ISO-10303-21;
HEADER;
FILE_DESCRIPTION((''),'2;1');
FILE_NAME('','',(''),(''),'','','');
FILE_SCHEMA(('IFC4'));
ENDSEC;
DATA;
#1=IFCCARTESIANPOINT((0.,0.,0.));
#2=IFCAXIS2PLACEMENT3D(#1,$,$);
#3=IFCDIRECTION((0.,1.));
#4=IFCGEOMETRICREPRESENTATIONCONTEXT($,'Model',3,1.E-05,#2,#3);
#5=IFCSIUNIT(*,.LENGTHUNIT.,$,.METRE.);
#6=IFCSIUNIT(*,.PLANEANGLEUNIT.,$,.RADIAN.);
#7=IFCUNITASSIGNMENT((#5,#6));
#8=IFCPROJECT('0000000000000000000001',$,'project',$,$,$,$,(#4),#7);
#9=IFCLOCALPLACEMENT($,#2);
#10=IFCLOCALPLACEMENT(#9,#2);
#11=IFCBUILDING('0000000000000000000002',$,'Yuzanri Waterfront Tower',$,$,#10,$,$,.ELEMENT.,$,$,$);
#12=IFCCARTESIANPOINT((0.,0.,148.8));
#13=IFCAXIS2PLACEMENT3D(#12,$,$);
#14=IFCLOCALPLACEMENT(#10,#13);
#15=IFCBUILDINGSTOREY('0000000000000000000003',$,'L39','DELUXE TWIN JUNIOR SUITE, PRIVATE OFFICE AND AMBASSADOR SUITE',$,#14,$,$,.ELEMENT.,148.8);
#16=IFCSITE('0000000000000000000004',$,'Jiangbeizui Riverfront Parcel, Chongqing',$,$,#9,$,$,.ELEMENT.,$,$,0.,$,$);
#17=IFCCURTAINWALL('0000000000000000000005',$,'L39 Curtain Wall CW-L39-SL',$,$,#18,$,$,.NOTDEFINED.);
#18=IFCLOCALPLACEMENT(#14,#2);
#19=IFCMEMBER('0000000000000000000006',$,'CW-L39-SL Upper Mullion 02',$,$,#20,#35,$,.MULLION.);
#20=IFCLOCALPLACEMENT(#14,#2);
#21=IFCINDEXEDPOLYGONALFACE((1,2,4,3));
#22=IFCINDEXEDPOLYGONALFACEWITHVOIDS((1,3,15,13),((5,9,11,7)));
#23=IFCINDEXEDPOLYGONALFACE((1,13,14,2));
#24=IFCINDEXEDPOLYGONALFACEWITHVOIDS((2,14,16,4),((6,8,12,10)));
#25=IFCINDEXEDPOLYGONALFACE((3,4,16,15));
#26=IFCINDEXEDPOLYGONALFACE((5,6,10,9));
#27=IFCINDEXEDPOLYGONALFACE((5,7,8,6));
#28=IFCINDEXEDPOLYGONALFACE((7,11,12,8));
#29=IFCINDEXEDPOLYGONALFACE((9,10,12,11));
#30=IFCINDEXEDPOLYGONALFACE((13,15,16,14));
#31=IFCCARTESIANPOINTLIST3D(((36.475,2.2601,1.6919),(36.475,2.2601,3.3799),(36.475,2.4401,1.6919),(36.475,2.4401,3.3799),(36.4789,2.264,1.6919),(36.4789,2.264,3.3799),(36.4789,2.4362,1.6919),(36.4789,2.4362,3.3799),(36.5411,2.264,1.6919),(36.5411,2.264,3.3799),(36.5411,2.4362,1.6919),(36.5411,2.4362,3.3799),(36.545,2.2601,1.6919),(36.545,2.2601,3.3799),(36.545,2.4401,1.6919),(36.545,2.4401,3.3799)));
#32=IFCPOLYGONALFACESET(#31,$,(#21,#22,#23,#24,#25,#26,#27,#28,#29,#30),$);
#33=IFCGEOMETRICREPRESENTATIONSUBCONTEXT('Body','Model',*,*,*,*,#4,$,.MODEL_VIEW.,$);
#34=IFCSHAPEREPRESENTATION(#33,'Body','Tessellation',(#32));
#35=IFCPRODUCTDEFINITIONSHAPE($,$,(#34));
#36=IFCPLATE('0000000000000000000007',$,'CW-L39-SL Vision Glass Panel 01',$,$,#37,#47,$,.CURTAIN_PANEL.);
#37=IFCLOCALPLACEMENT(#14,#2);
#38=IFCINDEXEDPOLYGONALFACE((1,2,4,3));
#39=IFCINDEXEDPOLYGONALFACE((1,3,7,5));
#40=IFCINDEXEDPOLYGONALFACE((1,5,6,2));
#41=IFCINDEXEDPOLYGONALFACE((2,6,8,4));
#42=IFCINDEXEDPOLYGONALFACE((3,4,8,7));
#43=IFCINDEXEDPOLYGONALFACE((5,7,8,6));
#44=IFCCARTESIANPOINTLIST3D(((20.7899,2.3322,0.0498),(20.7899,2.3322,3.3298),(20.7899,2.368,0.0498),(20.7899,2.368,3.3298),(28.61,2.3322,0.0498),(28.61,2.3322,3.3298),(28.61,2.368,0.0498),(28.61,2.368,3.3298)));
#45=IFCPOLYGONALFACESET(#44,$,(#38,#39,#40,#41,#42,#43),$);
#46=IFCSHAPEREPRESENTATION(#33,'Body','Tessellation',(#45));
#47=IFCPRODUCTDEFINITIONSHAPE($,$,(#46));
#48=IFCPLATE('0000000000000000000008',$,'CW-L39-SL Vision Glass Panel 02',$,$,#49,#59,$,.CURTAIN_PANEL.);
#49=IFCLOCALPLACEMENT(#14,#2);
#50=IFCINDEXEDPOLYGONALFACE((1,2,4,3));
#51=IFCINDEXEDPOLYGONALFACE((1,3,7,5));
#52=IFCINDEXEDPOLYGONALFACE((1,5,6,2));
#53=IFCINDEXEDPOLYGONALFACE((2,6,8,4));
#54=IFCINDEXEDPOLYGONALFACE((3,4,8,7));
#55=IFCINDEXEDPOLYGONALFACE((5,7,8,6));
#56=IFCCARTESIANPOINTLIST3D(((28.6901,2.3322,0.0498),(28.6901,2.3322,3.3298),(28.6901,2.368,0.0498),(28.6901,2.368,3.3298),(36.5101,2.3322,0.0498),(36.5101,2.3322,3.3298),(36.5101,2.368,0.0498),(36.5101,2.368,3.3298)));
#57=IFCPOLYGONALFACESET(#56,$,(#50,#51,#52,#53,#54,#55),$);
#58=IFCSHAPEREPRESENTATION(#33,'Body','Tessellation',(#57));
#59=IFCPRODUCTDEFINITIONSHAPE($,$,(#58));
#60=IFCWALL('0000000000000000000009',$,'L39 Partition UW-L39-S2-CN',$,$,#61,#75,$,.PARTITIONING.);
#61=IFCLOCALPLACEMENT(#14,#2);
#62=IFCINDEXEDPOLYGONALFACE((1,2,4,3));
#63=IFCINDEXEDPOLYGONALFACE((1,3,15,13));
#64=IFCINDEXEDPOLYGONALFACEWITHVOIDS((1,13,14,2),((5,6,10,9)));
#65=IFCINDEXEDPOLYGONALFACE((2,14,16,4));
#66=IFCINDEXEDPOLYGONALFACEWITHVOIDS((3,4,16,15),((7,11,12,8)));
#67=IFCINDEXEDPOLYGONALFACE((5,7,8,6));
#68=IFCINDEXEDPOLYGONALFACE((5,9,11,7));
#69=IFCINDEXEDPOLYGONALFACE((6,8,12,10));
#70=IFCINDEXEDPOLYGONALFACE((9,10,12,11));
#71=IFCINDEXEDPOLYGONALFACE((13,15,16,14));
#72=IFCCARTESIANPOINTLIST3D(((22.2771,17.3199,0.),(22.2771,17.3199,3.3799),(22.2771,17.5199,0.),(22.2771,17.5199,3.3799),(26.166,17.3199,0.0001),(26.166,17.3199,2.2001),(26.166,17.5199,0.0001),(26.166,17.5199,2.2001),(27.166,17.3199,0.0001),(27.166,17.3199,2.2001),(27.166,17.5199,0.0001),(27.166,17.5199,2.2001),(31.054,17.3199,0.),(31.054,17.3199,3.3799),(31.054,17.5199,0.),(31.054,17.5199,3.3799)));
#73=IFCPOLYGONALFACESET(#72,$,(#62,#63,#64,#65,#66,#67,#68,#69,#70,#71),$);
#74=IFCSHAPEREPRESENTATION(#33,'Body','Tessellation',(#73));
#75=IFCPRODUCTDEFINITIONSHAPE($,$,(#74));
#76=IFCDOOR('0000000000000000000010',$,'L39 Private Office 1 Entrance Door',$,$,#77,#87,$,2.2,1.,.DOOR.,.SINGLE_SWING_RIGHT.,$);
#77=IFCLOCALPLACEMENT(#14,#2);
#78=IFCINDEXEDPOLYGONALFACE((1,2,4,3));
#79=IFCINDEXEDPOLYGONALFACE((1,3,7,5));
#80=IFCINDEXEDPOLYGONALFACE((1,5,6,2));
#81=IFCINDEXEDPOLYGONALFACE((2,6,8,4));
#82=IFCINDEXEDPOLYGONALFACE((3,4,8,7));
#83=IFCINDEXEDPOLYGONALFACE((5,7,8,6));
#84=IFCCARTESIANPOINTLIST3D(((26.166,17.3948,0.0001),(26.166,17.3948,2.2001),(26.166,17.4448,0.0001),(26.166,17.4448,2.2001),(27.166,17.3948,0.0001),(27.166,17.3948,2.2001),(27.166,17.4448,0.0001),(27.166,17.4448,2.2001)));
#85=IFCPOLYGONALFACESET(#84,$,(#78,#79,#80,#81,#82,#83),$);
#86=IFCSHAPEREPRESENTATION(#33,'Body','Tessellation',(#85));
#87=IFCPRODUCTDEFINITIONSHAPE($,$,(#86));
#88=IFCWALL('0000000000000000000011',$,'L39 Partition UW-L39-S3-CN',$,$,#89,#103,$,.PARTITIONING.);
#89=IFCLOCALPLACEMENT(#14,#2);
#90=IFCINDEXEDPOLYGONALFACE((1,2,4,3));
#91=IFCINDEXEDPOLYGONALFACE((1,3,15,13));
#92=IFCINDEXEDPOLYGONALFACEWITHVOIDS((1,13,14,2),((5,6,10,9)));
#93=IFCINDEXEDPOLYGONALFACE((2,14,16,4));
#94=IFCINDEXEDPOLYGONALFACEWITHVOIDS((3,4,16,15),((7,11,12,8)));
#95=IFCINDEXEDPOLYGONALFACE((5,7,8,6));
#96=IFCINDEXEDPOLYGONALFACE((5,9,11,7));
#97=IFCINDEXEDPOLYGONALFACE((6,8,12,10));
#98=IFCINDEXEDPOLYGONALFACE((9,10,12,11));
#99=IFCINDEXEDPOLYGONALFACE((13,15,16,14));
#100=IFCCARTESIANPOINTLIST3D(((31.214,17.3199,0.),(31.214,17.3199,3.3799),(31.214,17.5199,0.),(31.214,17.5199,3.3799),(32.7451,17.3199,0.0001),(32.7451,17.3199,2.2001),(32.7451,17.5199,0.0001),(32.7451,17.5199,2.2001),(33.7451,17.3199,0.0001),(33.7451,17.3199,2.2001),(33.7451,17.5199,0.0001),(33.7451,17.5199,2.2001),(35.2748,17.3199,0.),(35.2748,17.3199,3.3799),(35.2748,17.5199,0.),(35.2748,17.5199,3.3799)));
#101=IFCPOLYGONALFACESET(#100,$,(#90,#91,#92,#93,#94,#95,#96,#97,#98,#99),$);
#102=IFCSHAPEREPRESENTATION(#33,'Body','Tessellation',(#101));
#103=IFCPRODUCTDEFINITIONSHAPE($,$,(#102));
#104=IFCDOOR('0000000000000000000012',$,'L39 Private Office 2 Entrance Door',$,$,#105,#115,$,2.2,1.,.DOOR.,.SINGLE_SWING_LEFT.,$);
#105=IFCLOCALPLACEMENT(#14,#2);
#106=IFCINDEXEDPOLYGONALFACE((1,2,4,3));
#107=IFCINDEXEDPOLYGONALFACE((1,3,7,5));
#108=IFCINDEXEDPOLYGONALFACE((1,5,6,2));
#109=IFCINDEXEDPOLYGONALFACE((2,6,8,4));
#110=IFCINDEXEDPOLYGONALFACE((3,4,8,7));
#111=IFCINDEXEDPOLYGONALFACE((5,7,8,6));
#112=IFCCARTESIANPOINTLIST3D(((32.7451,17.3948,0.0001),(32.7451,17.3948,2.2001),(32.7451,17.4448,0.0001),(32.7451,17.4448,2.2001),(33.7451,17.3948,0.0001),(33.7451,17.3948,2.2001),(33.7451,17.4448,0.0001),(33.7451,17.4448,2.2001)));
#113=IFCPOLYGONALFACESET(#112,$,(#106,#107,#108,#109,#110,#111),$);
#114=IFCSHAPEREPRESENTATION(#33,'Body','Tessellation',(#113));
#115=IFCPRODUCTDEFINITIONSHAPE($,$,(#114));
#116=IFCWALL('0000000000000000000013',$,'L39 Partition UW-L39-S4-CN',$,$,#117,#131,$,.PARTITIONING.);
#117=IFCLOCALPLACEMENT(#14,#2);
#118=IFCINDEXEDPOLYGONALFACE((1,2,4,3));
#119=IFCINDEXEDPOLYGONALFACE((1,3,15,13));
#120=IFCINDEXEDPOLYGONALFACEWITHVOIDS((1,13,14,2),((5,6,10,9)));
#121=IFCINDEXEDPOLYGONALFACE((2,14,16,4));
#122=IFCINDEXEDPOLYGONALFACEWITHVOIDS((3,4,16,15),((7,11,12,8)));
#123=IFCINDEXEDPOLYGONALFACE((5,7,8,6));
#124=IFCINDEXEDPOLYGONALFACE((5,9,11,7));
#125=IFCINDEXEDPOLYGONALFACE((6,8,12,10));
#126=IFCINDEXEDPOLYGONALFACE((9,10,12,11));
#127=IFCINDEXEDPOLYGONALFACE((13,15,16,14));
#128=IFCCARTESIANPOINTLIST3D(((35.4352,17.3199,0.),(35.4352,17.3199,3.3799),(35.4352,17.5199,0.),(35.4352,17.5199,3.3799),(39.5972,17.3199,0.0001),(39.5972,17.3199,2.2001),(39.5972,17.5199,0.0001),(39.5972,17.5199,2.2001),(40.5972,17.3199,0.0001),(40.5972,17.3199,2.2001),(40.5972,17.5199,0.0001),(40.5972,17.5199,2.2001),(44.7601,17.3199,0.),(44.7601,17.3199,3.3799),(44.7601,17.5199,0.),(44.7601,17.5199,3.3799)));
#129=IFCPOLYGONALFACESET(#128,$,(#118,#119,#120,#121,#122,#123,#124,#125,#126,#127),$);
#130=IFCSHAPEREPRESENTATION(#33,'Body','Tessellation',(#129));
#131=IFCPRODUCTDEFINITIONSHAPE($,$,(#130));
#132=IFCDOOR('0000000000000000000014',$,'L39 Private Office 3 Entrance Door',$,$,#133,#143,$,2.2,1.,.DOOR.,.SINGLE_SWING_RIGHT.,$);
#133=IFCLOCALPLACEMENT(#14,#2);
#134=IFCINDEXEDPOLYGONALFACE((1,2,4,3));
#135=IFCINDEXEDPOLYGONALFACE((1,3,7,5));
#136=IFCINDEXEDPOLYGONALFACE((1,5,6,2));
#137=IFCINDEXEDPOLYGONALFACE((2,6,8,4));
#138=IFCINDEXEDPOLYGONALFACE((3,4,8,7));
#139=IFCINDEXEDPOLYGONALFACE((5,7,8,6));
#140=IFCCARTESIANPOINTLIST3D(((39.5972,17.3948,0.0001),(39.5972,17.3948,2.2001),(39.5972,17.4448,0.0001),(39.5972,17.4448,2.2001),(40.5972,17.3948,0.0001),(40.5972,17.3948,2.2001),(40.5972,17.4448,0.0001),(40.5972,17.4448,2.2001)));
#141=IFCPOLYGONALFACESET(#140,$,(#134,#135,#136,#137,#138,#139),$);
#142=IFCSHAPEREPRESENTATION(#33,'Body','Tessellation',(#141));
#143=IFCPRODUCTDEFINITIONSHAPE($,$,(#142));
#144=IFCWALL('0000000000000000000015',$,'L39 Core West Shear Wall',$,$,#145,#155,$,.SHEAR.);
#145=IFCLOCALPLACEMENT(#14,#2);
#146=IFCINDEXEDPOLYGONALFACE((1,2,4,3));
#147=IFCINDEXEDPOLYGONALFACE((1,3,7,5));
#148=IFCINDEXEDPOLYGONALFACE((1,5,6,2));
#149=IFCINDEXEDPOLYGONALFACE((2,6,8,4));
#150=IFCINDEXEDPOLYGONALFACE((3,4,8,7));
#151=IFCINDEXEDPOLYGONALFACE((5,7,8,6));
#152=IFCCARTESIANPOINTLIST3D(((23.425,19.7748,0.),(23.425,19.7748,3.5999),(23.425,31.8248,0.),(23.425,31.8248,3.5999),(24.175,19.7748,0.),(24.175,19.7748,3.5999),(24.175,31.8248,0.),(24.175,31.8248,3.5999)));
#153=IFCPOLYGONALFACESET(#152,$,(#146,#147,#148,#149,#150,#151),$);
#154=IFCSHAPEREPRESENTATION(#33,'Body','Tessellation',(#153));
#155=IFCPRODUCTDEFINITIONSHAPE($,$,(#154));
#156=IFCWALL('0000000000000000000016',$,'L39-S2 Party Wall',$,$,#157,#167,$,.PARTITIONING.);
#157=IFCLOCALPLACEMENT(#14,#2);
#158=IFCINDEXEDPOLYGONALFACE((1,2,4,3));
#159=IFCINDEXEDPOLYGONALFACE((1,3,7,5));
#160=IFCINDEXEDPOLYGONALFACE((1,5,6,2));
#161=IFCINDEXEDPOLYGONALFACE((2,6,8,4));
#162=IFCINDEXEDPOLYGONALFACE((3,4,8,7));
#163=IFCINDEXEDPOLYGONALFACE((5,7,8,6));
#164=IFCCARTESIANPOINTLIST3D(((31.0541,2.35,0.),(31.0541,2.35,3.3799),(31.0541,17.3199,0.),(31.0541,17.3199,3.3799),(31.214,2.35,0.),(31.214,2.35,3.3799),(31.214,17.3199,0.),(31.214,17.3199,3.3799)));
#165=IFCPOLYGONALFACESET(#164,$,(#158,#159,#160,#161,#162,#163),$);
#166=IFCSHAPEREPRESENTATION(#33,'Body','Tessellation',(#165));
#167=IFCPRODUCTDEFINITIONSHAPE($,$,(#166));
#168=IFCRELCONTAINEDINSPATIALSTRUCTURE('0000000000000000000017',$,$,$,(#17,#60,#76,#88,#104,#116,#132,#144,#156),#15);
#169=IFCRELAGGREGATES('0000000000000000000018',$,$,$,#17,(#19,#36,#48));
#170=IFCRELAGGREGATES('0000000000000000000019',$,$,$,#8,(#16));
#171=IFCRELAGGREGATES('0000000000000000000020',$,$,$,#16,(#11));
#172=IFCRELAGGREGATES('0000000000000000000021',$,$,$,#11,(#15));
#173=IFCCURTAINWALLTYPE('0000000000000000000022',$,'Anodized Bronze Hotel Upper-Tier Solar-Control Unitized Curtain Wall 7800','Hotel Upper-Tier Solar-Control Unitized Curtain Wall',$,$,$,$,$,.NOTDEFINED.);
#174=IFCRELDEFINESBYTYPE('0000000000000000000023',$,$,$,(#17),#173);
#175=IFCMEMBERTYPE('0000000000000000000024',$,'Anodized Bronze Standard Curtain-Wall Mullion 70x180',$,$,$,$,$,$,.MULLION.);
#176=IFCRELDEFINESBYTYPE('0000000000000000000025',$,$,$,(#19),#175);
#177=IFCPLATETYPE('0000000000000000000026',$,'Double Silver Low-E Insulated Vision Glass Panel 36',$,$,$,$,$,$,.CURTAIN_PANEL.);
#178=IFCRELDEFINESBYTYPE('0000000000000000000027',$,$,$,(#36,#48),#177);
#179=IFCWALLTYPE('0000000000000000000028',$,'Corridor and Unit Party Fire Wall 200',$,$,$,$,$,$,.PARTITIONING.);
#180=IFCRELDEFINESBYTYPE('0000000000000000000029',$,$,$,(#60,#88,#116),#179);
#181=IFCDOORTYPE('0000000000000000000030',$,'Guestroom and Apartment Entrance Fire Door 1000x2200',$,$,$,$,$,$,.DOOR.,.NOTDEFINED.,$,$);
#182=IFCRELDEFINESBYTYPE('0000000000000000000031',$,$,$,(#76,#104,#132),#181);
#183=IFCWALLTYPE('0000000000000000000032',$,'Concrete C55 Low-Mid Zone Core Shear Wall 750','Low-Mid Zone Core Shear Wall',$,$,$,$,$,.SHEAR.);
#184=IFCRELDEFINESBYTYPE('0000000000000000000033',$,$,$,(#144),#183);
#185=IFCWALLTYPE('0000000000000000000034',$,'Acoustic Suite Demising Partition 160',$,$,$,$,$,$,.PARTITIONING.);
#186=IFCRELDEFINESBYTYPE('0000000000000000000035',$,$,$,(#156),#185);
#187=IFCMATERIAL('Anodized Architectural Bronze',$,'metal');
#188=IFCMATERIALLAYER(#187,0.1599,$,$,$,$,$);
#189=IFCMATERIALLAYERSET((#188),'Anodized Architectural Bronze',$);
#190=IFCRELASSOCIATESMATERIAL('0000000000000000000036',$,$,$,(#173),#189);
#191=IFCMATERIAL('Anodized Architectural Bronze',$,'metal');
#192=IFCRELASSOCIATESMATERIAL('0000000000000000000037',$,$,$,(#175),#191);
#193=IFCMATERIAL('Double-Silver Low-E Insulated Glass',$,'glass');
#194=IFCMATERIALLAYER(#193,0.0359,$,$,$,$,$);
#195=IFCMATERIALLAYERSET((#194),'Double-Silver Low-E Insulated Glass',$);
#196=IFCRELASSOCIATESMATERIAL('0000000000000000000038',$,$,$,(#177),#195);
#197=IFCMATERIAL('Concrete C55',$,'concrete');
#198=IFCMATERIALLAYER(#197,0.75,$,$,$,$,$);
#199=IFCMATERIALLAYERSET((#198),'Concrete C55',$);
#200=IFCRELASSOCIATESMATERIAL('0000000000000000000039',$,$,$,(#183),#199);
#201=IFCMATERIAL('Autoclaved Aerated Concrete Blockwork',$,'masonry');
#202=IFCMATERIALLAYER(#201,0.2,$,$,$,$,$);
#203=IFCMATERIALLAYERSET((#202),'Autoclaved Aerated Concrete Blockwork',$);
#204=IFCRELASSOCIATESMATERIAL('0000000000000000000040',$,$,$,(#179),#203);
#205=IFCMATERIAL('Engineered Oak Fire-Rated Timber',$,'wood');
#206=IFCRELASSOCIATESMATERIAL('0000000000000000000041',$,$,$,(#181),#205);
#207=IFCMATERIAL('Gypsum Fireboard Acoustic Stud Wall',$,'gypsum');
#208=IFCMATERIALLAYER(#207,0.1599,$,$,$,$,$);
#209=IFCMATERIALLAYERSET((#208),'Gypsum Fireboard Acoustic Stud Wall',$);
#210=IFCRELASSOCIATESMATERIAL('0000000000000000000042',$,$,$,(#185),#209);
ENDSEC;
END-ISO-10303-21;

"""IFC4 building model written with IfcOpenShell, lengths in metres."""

from ifc_helpers import new_model, si_unit, direction, frame, frame_2d, origin, origin_2d, place, context, subcontext, project, spatial, rectangle, hollow_rectangle, extrude, source, transform, mapped, material, layer, layer_set, material_profile, profile_set, type_object, element, fill, aggregate, save


model = new_model("IFC4")

# Units and contexts
model_context = context("Model", 3, precision=1e-05, world=origin(), true_north=direction((0.0, 1.0)))
body_context = subcontext(model_context, "Body", "Model", "MODEL_VIEW")
ifc_project = project(units=[si_unit("LENGTHUNIT", "METRE"), si_unit("PLANEANGLEUNIT", "RADIAN")], contexts=[model_context])

# Site, building, storey
site_placement = place(None, origin())
site = spatial("IfcSite", under=ifc_project, at=site_placement, Name="Jiangbeizui Riverfront Parcel, Chongqing", CompositionType="ELEMENT", RefElevation=0.0)
building_placement = place(site_placement, origin())
building = spatial("IfcBuilding", under=site, at=building_placement, Name="Yuzanri Waterfront Tower", CompositionType="ELEMENT")
storey_placement = place(building_placement, frame((0.0, 0.0, 148.8)))
storey = spatial("IfcBuildingStorey", under=building, at=storey_placement, Name="L39", Description="DELUXE TWIN JUNIOR SUITE, PRIVATE OFFICE AND AMBASSADOR SUITE", CompositionType="ELEMENT", Elevation=148.8)

# Curtain wall, member, plates
ifc_material_1 = material(Name="Anodized Architectural Bronze", Category="metal")
ifc_layer_1 = layer(ifc_material_1, 0.1599)
ifc_layer_set_1 = layer_set([ifc_layer_1], Name="Anodized Architectural Bronze")
curtain_wall_type = type_object("IfcCurtainWallType", Name="Anodized Bronze Hotel Upper-Tier Solar-Control Unitized Curtain Wall 7800", Description="Hotel Upper-Tier Solar-Control Unitized Curtain Wall", PredefinedType="NOTDEFINED", material=ifc_layer_set_1)
curtain_wall_placement = place(storey_placement, origin())
curtain_wall = element("IfcCurtainWall", 1, at=curtain_wall_placement, inside=storey, type_object=curtain_wall_type, Name="L39 Curtain Wall CW-L39-SL", PredefinedType="NOTDEFINED")
ifc_material_2 = material(Name="Anodized Architectural Bronze", Category="metal")
ifc_material_profile_1 = material_profile(ifc_material_2, hollow_rectangle(XDim=0.0701, YDim=0.1799, WallThickness=0.0039, at=origin_2d()), Name="CWM 70x180")
ifc_profile_set_1 = profile_set([ifc_material_profile_1], Name="Anodized Architectural Bronze")
member_type = type_object("IfcMemberType", Name="Anodized Bronze Standard Curtain-Wall Mullion 70x180", PredefinedType="MULLION", material=ifc_profile_set_1)
shared_shape_1 = source(origin(), body_context, "Body", "SweptSolid", [
    extrude(hollow_rectangle(XDim=0.0701, YDim=0.1799, WallThickness=0.0039, at=origin_2d()), origin(), (0.0, 0.0, 1.0), 1.688),
])
member_1_placement = place(storey_placement, frame((36.51, 2.3501, 1.6919), z_axis=(0.0, 0.0, 1.0), x_axis=(1.0, 0.0, 0.0)))
member_1 = element("IfcMember", 2, at=member_1_placement, type_object=member_type, Name="CW-L39-SL Upper Mullion 02", PredefinedType="MULLION", context=body_context, shape_type="MappedRepresentation", body=[
    mapped(shared_shape_1, transform((0.0, 0.0, 0.0), scale=1.0)),
])
ifc_material_3 = material(Name="Double-Silver Low-E Insulated Glass", Category="glass")
ifc_layer_2 = layer(ifc_material_3, 0.0359)
ifc_layer_set_2 = layer_set([ifc_layer_2], Name="Double-Silver Low-E Insulated Glass")
plate_type = type_object("IfcPlateType", Name="Double Silver Low-E Insulated Vision Glass Panel 36", PredefinedType="CURTAIN_PANEL", material=ifc_layer_set_2)
shared_shape_2 = source(origin(), body_context, "Body", "SweptSolid", [
    extrude(rectangle(XDim=7.8201, YDim=0.0359, at=origin_2d()), origin(), (0.0, 0.0, 1.0), 3.28),
])
plate_1_placement = place(storey_placement, frame((24.7, 2.3501, 0.0498), z_axis=(0.0, 0.0, 1.0), x_axis=(1.0, 0.0, 0.0)))
plate_1 = element("IfcPlate", 3, at=plate_1_placement, type_object=plate_type, Name="CW-L39-SL Vision Glass Panel 01", PredefinedType="CURTAIN_PANEL", context=body_context, shape_type="MappedRepresentation", body=[
    mapped(shared_shape_2, transform((0.0, 0.0, 0.0), scale=1.0)),
])
plate_2_placement = place(storey_placement, frame((32.6001, 2.3501, 0.0498), z_axis=(0.0, 0.0, 1.0), x_axis=(1.0, 0.0, 0.0)))
plate_2 = element("IfcPlate", 4, at=plate_2_placement, type_object=plate_type, Name="CW-L39-SL Vision Glass Panel 02", PredefinedType="CURTAIN_PANEL", context=body_context, shape_type="MappedRepresentation", body=[
    mapped(shared_shape_2, transform((0.0, 0.0, 0.0), scale=1.0)),
])
aggregate(curtain_wall, [member_1, plate_1, plate_2])

# Shared definitions
ifc_material_4 = material(Name="Concrete C55", Category="concrete")
ifc_layer_3 = layer(ifc_material_4, 0.75)
ifc_layer_set_3 = layer_set([ifc_layer_3], Name="Concrete C55")
wall_type_1 = type_object("IfcWallType", Name="Concrete C55 Low-Mid Zone Core Shear Wall 750", Description="Low-Mid Zone Core Shear Wall", PredefinedType="SHEAR", material=ifc_layer_set_3)

# Walls, openings, doors
ifc_material_5 = material(Name="Autoclaved Aerated Concrete Blockwork", Category="masonry")
ifc_layer_4 = layer(ifc_material_5, 0.2)
ifc_layer_set_4 = layer_set([ifc_layer_4], Name="Autoclaved Aerated Concrete Blockwork")
wall_type_2 = type_object("IfcWallType", Name="Corridor and Unit Party Fire Wall 200", PredefinedType="PARTITIONING", material=ifc_layer_set_4)
wall_1_placement = place(storey_placement, frame((22.2771, 17.4199, 0.0), z_axis=(0.0, 0.0, 1.0), x_axis=(1.0, 0.0, 0.0)))
wall_1 = element("IfcWall", 5, at=wall_1_placement, inside=storey, type_object=wall_type_2, Name="L39 Partition UW-L39-S2-CN", PredefinedType="PARTITIONING", context=body_context, shape_type="SweptSolid", body=[
    extrude(rectangle(XDim=8.7769, YDim=0.2, at=frame_2d((4.3884, 0.0))), origin(), (0.0, 0.0, 1.0), 3.3799),
])
opening_1_placement = place(wall_1_placement, frame((3.8889, 0.0, 0.0)))
opening_1 = element("IfcOpeningElement", 6, at=opening_1_placement, cuts=wall_1, PredefinedType="OPENING", context=body_context, shape_type="SweptSolid", body=[
    extrude(rectangle(XDim=1.0, YDim=2.2, at=frame_2d((0.5, 1.1001))), frame((0.0, 0.1147, 0.0), z_axis=(0.0, -1.0, 0.0), x_axis=(1.0, 0.0, 0.0)), (0.0, 0.0, 1.0), 0.2297),
])
ifc_material_6 = material(Name="Engineered Oak Fire-Rated Timber", Category="wood")
door_type_1 = type_object("IfcDoorType", Name="Guestroom and Apartment Entrance Fire Door 1000x2200", OperationType="NOTDEFINED", PredefinedType="DOOR", material=ifc_material_6)
shared_shape_3 = source(origin(), body_context, "Body", "SweptSolid", [
    extrude(rectangle(XDim=1.0, YDim=2.2, at=frame_2d((0.5, 1.1001))), frame((0.0, 0.0249, 0.0), z_axis=(0.0, -1.0, 0.0), x_axis=(1.0, 0.0, 0.0)), (0.0, 0.0, 1.0), 0.05),
])
door_1_placement = place(opening_1_placement, origin())
door_1 = element("IfcDoor", 7, at=door_1_placement, inside=storey, type_object=door_type_1, Name="L39 Private Office 1 Entrance Door", OperationType="SINGLE_SWING_RIGHT", OverallHeight=2.2, OverallWidth=1.0, PredefinedType="DOOR", context=body_context, shape_type="MappedRepresentation", body=[
    mapped(shared_shape_3, transform((0.0, 0.0, 0.0), scale=1.0)),
])
fill(opening_1, door_1)
wall_2_placement = place(storey_placement, frame((31.2141, 17.4199, 0.0), z_axis=(0.0, 0.0, 1.0), x_axis=(1.0, 0.0, 0.0)))
wall_2 = element("IfcWall", 8, at=wall_2_placement, inside=storey, type_object=wall_type_2, Name="L39 Partition UW-L39-S3-CN", PredefinedType="PARTITIONING", context=body_context, shape_type="SweptSolid", body=[
    extrude(rectangle(XDim=4.0608, YDim=0.2, at=frame_2d((2.0303, 0.0))), origin(), (0.0, 0.0, 1.0), 3.3799),
])
opening_2_placement = place(wall_2_placement, frame((1.531, 0.0, 0.0)))
opening_2 = element("IfcOpeningElement", 9, at=opening_2_placement, cuts=wall_2, PredefinedType="OPENING", context=body_context, shape_type="SweptSolid", body=[
    extrude(rectangle(XDim=1.0, YDim=2.2, at=frame_2d((0.5, 1.1001))), frame((0.0, 0.1147, 0.0), z_axis=(0.0, -1.0, 0.0), x_axis=(1.0, 0.0, 0.0)), (0.0, 0.0, 1.0), 0.2297),
])
door_2_placement = place(opening_2_placement, origin())
door_2 = element("IfcDoor", 10, at=door_2_placement, inside=storey, type_object=door_type_1, Name="L39 Private Office 2 Entrance Door", OperationType="SINGLE_SWING_LEFT", OverallHeight=2.2, OverallWidth=1.0, PredefinedType="DOOR", context=body_context, shape_type="MappedRepresentation", body=[
    mapped(shared_shape_3, transform((0.0, 0.0, 0.0), scale=1.0)),
])
fill(opening_2, door_2)
wall_3_placement = place(storey_placement, frame((35.4351, 17.4199, 0.0), z_axis=(0.0, 0.0, 1.0), x_axis=(1.0, 0.0, 0.0)))
wall_3 = element("IfcWall", 11, at=wall_3_placement, inside=storey, type_object=wall_type_2, Name="L39 Partition UW-L39-S4-CN", PredefinedType="PARTITIONING", context=body_context, shape_type="SweptSolid", body=[
    extrude(rectangle(XDim=9.325, YDim=0.2, at=frame_2d((4.6626, 0.0))), origin(), (0.0, 0.0, 1.0), 3.3799),
])
opening_3_placement = place(wall_3_placement, frame((4.1621, 0.0, 0.0)))
opening_3 = element("IfcOpeningElement", 12, at=opening_3_placement, cuts=wall_3, PredefinedType="OPENING", context=body_context, shape_type="SweptSolid", body=[
    extrude(rectangle(XDim=1.0, YDim=2.2, at=frame_2d((0.5, 1.1001))), frame((0.0, 0.1147, 0.0), z_axis=(0.0, -1.0, 0.0), x_axis=(1.0, 0.0, 0.0)), (0.0, 0.0, 1.0), 0.2297),
])
door_3_placement = place(opening_3_placement, origin())
door_3 = element("IfcDoor", 13, at=door_3_placement, inside=storey, type_object=door_type_1, Name="L39 Private Office 3 Entrance Door", OperationType="SINGLE_SWING_RIGHT", OverallHeight=2.2, OverallWidth=1.0, PredefinedType="DOOR", context=body_context, shape_type="MappedRepresentation", body=[
    mapped(shared_shape_3, transform((0.0, 0.0, 0.0), scale=1.0)),
])
fill(opening_3, door_3)

# Walls
shared_shape_4 = source(origin(), body_context, "Body", "SweptSolid", [
    extrude(rectangle(XDim=12.05, YDim=0.75, at=frame_2d((6.0249, 0.0))), origin(), (0.0, 0.0, 1.0), 3.5999),
])
wall_4_placement = place(storey_placement, frame((23.8, 19.7749, 0.0), z_axis=(0.0, 0.0, 1.0), x_axis=(0.0, 1.0, 0.0)))
element("IfcWall", 14, at=wall_4_placement, inside=storey, type_object=wall_type_1, Name="L39 Core West Shear Wall", PredefinedType="SHEAR", context=body_context, shape_type="MappedRepresentation", body=[
    mapped(shared_shape_4, transform((0.0, 0.0, 0.0), scale=1.0)),
])
ifc_material_7 = material(Name="Gypsum Fireboard Acoustic Stud Wall", Category="gypsum")
ifc_layer_5 = layer(ifc_material_7, 0.1599)
ifc_layer_set_5 = layer_set([ifc_layer_5], Name="Gypsum Fireboard Acoustic Stud Wall")
wall_type_3 = type_object("IfcWallType", Name="Acoustic Suite Demising Partition 160", PredefinedType="PARTITIONING", material=ifc_layer_set_5)
shared_shape_5 = source(origin(), body_context, "Body", "SweptSolid", [
    extrude(rectangle(XDim=14.97, YDim=0.1599, at=frame_2d((7.4849, 0.0))), origin(), (0.0, 0.0, 1.0), 3.3799),
])
for number, where, z_axis, x_axis, name in (
    (15, (31.134, 2.3501, 0.0), (0.0, 0.0, 1.0), (0.0, 1.0, 0.0), "L39-S2 Party Wall"),
):
    element("IfcWall", number, at=place(storey_placement, frame(where, z_axis=z_axis, x_axis=x_axis)), inside=storey, type_object=wall_type_3, Name=name, PredefinedType="PARTITIONING", context=body_context, shape_type="MappedRepresentation", body=[
        mapped(shared_shape_5, transform((0.0, 0.0, 0.0), scale=1.0)),
    ])

save(model, "model.ifc")
